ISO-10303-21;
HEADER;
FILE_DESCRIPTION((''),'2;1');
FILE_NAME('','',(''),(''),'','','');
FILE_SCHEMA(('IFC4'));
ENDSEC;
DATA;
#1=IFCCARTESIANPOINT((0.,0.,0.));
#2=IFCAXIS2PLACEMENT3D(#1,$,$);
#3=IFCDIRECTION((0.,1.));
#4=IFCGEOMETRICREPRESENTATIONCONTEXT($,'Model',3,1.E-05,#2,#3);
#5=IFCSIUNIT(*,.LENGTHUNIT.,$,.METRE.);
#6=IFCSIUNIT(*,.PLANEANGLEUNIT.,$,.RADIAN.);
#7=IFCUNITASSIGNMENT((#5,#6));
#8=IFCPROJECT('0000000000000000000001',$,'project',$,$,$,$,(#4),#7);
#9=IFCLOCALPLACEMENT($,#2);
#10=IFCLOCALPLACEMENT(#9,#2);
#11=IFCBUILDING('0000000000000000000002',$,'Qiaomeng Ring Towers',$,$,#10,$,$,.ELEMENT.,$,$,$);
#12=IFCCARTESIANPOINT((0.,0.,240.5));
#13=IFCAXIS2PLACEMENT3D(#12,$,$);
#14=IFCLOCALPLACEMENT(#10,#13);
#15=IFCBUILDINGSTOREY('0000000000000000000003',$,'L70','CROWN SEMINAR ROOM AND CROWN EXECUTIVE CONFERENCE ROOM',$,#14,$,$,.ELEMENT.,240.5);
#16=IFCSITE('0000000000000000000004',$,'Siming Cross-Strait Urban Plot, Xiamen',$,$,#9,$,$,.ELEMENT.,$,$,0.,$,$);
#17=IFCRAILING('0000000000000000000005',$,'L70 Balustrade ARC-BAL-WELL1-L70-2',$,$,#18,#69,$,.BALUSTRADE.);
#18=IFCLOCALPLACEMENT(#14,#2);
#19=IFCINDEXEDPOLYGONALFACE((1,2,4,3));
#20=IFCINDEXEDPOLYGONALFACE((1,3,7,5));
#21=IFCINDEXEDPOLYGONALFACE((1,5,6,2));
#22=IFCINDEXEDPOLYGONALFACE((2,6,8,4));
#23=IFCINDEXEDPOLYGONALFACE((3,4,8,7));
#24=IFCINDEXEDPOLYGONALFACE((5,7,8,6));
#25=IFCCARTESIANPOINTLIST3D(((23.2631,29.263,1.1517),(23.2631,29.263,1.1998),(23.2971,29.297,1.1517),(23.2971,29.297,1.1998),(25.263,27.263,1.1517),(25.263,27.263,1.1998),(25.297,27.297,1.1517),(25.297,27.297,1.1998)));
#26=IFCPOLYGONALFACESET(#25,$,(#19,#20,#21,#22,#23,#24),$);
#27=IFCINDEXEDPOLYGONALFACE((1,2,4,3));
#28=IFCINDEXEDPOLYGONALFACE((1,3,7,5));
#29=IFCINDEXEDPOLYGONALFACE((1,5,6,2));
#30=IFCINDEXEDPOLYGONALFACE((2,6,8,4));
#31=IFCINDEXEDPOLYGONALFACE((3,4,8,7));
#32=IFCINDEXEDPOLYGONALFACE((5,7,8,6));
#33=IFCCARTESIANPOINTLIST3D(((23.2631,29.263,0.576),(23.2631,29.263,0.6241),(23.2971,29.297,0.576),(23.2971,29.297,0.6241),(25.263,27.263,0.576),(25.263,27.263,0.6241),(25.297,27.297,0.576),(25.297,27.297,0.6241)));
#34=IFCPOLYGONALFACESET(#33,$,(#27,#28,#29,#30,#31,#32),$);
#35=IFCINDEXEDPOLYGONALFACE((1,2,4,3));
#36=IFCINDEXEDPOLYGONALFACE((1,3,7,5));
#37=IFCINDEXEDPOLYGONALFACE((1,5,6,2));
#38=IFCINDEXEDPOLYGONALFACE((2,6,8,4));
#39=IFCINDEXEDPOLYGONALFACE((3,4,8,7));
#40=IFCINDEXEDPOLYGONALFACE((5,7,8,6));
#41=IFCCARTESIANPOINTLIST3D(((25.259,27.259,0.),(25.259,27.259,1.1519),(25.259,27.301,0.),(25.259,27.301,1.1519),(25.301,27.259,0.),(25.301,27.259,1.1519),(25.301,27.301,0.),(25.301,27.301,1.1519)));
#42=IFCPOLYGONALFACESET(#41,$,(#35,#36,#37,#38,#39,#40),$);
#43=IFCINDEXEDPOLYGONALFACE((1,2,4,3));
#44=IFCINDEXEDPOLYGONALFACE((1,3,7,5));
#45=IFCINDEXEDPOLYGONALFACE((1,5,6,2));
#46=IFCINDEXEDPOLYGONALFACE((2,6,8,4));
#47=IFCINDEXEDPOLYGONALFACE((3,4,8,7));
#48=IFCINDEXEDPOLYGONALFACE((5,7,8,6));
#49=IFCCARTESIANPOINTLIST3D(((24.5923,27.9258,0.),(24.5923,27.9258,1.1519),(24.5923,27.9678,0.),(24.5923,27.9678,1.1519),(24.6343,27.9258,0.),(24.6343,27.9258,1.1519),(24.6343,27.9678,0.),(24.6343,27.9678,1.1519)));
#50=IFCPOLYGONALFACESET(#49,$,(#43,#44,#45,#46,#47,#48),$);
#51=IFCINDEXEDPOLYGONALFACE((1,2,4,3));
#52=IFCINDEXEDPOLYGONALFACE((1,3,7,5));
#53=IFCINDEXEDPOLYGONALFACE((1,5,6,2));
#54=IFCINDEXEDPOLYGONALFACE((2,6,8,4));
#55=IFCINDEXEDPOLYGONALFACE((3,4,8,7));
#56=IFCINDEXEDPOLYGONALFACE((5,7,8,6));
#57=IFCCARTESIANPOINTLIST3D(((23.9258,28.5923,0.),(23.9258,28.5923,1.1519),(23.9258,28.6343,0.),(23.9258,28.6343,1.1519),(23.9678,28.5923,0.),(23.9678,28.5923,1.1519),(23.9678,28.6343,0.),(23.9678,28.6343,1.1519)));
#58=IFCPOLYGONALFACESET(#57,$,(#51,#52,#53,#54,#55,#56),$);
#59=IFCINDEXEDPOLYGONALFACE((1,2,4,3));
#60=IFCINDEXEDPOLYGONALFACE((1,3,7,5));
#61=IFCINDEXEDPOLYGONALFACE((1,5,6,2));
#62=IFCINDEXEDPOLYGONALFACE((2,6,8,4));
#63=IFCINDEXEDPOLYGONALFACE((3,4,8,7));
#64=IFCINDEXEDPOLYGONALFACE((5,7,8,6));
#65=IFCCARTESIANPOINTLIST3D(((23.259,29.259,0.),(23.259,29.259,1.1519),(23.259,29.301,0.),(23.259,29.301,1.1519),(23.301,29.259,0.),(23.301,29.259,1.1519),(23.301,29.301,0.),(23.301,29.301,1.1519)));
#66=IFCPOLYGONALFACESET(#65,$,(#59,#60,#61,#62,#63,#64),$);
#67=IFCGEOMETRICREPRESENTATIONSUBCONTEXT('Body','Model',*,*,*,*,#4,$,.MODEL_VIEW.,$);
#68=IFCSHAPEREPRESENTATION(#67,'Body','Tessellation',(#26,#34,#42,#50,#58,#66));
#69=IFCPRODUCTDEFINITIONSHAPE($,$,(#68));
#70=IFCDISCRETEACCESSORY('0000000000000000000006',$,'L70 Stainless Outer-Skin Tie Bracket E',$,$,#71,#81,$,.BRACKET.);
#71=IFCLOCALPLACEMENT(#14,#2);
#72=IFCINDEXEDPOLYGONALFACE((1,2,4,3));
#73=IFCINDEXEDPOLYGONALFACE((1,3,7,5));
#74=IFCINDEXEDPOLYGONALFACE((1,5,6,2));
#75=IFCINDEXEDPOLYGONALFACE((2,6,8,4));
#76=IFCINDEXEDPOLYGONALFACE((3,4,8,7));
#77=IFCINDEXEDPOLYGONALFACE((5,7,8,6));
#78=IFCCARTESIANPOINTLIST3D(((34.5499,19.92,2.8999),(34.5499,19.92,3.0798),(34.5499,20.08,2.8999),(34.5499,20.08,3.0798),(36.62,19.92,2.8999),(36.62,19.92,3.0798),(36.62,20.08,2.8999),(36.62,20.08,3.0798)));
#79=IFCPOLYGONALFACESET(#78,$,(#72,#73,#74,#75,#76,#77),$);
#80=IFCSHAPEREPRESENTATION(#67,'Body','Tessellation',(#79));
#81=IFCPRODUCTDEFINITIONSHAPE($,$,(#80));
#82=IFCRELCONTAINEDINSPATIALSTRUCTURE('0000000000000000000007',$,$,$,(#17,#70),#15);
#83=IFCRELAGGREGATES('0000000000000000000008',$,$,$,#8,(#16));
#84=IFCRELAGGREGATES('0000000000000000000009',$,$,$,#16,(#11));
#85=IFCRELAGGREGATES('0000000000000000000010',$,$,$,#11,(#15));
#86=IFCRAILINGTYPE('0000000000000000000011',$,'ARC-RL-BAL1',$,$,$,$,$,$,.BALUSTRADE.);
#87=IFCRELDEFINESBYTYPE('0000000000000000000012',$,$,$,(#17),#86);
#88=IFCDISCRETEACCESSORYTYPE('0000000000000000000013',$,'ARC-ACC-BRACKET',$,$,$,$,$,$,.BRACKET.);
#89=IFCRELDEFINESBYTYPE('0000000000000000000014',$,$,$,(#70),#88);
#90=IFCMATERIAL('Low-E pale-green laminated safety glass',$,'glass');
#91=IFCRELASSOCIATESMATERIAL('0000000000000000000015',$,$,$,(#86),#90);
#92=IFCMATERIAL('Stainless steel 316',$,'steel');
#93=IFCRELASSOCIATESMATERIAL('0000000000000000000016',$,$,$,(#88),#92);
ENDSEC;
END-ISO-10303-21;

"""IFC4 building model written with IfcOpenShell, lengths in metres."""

from ifc_helpers import new_model, si_unit, direction, frame, origin, origin_2d, place, context, subcontext, project, spatial, rectangle, extrude, source, transform, mapped, material, type_object, element, save


model = new_model("IFC4")

# Units and contexts
model_context = context("Model", 3, precision=1e-05, world=origin(), true_north=direction((0.0, 1.0)))
body_context = subcontext(model_context, "Body", "Model", "MODEL_VIEW")
ifc_project = project(units=[si_unit("LENGTHUNIT", "METRE"), si_unit("PLANEANGLEUNIT", "RADIAN")], contexts=[model_context])

# Site, building, storey
site_placement = place(None, origin())
site = spatial("IfcSite", under=ifc_project, at=site_placement, Name="Siming Cross-Strait Urban Plot, Xiamen", CompositionType="ELEMENT", RefElevation=0.0)
building_placement = place(site_placement, origin())
building = spatial("IfcBuilding", under=site, at=building_placement, Name="Qiaomeng Ring Towers", CompositionType="ELEMENT")
storey_placement = place(building_placement, frame((0.0, 0.0, 240.5)))
storey = spatial("IfcBuildingStorey", under=building, at=storey_placement, Name="L70", Description="CROWN SEMINAR ROOM AND CROWN EXECUTIVE CONFERENCE ROOM", CompositionType="ELEMENT", Elevation=240.5)

# Shared definitions
ifc_material_1 = material(Name="Stainless steel 316", Category="steel")

# Railing
ifc_material_2 = material(Name="Low-E pale-green laminated safety glass", Category="glass")
railing_type = type_object("IfcRailingType", Name="ARC-RL-BAL1", PredefinedType="BALUSTRADE", material=ifc_material_2)
railing_placement = place(storey_placement, frame((25.28, 27.28, 0.0)))
element("IfcRailing", 1, at=railing_placement, inside=storey, type_object=railing_type, Name="L70 Balustrade ARC-BAL-WELL1-L70-2", PredefinedType="BALUSTRADE", context=body_context, shape_type="SweptSolid", body=[
    extrude(rectangle(XDim=0.0481, YDim=0.0481, at=origin_2d()), frame((0.0, 0.0, 1.1758), z_axis=(-0.707107, 0.707107, 0.0), x_axis=(-0.707107, -0.707107, 0.0)), (0.0, 0.0, 1.0), 2.8284),
    extrude(rectangle(XDim=0.0481, YDim=0.0481, at=origin_2d()), frame((0.0, 0.0, 0.6001), z_axis=(-0.707107, 0.707107, 0.0), x_axis=(-0.707107, -0.707107, 0.0)), (0.0, 0.0, 1.0), 2.8284),
    extrude(rectangle(XDim=0.042, YDim=0.042, at=origin_2d()), origin(), (0.0, 0.0, 1.0), 1.1519),
    extrude(rectangle(XDim=0.042, YDim=0.042, at=origin_2d()), frame((-0.6667, 0.6667, 0.0)), (0.0, 0.0, 1.0), 1.1519),
    extrude(rectangle(XDim=0.042, YDim=0.042, at=origin_2d()), frame((-1.3333, 1.3333, 0.0)), (0.0, 0.0, 1.0), 1.1519),
    extrude(rectangle(XDim=0.042, YDim=0.042, at=origin_2d()), frame((-2.0, 2.0, 0.0)), (0.0, 0.0, 1.0), 1.1519),
])

# Discrete accessory
discrete_accessory_type = type_object("IfcDiscreteAccessoryType", Name="ARC-ACC-BRACKET", PredefinedType="BRACKET", material=ifc_material_1)
shared_shape_1 = source(origin(), body_context, "Body", "SweptSolid", [
    extrude(rectangle(XDim=2.0701, YDim=0.1599, at=origin_2d()), origin(), (0.0, 0.0, 1.0), 0.1799),
])
discrete_accessory_placement = place(storey_placement, frame((35.585, 20.0, 2.8999), z_axis=(0.0, 0.0, 1.0), x_axis=(1.0, 0.0, 0.0)))
element("IfcDiscreteAccessory", 2, at=discrete_accessory_placement, inside=storey, type_object=discrete_accessory_type, Name="L70 Stainless Outer-Skin Tie Bracket E", PredefinedType="BRACKET", context=body_context, shape_type="MappedRepresentation", body=[
    mapped(shared_shape_1, transform((0.0, 0.0, 0.0), x_axis=(1.0, 0.0, 0.0), y_axis=(0.0, 1.0, 0.0), z_axis=(0.0, 0.0, 1.0), scale=1.0)),
])

save(model, "model.ifc")
